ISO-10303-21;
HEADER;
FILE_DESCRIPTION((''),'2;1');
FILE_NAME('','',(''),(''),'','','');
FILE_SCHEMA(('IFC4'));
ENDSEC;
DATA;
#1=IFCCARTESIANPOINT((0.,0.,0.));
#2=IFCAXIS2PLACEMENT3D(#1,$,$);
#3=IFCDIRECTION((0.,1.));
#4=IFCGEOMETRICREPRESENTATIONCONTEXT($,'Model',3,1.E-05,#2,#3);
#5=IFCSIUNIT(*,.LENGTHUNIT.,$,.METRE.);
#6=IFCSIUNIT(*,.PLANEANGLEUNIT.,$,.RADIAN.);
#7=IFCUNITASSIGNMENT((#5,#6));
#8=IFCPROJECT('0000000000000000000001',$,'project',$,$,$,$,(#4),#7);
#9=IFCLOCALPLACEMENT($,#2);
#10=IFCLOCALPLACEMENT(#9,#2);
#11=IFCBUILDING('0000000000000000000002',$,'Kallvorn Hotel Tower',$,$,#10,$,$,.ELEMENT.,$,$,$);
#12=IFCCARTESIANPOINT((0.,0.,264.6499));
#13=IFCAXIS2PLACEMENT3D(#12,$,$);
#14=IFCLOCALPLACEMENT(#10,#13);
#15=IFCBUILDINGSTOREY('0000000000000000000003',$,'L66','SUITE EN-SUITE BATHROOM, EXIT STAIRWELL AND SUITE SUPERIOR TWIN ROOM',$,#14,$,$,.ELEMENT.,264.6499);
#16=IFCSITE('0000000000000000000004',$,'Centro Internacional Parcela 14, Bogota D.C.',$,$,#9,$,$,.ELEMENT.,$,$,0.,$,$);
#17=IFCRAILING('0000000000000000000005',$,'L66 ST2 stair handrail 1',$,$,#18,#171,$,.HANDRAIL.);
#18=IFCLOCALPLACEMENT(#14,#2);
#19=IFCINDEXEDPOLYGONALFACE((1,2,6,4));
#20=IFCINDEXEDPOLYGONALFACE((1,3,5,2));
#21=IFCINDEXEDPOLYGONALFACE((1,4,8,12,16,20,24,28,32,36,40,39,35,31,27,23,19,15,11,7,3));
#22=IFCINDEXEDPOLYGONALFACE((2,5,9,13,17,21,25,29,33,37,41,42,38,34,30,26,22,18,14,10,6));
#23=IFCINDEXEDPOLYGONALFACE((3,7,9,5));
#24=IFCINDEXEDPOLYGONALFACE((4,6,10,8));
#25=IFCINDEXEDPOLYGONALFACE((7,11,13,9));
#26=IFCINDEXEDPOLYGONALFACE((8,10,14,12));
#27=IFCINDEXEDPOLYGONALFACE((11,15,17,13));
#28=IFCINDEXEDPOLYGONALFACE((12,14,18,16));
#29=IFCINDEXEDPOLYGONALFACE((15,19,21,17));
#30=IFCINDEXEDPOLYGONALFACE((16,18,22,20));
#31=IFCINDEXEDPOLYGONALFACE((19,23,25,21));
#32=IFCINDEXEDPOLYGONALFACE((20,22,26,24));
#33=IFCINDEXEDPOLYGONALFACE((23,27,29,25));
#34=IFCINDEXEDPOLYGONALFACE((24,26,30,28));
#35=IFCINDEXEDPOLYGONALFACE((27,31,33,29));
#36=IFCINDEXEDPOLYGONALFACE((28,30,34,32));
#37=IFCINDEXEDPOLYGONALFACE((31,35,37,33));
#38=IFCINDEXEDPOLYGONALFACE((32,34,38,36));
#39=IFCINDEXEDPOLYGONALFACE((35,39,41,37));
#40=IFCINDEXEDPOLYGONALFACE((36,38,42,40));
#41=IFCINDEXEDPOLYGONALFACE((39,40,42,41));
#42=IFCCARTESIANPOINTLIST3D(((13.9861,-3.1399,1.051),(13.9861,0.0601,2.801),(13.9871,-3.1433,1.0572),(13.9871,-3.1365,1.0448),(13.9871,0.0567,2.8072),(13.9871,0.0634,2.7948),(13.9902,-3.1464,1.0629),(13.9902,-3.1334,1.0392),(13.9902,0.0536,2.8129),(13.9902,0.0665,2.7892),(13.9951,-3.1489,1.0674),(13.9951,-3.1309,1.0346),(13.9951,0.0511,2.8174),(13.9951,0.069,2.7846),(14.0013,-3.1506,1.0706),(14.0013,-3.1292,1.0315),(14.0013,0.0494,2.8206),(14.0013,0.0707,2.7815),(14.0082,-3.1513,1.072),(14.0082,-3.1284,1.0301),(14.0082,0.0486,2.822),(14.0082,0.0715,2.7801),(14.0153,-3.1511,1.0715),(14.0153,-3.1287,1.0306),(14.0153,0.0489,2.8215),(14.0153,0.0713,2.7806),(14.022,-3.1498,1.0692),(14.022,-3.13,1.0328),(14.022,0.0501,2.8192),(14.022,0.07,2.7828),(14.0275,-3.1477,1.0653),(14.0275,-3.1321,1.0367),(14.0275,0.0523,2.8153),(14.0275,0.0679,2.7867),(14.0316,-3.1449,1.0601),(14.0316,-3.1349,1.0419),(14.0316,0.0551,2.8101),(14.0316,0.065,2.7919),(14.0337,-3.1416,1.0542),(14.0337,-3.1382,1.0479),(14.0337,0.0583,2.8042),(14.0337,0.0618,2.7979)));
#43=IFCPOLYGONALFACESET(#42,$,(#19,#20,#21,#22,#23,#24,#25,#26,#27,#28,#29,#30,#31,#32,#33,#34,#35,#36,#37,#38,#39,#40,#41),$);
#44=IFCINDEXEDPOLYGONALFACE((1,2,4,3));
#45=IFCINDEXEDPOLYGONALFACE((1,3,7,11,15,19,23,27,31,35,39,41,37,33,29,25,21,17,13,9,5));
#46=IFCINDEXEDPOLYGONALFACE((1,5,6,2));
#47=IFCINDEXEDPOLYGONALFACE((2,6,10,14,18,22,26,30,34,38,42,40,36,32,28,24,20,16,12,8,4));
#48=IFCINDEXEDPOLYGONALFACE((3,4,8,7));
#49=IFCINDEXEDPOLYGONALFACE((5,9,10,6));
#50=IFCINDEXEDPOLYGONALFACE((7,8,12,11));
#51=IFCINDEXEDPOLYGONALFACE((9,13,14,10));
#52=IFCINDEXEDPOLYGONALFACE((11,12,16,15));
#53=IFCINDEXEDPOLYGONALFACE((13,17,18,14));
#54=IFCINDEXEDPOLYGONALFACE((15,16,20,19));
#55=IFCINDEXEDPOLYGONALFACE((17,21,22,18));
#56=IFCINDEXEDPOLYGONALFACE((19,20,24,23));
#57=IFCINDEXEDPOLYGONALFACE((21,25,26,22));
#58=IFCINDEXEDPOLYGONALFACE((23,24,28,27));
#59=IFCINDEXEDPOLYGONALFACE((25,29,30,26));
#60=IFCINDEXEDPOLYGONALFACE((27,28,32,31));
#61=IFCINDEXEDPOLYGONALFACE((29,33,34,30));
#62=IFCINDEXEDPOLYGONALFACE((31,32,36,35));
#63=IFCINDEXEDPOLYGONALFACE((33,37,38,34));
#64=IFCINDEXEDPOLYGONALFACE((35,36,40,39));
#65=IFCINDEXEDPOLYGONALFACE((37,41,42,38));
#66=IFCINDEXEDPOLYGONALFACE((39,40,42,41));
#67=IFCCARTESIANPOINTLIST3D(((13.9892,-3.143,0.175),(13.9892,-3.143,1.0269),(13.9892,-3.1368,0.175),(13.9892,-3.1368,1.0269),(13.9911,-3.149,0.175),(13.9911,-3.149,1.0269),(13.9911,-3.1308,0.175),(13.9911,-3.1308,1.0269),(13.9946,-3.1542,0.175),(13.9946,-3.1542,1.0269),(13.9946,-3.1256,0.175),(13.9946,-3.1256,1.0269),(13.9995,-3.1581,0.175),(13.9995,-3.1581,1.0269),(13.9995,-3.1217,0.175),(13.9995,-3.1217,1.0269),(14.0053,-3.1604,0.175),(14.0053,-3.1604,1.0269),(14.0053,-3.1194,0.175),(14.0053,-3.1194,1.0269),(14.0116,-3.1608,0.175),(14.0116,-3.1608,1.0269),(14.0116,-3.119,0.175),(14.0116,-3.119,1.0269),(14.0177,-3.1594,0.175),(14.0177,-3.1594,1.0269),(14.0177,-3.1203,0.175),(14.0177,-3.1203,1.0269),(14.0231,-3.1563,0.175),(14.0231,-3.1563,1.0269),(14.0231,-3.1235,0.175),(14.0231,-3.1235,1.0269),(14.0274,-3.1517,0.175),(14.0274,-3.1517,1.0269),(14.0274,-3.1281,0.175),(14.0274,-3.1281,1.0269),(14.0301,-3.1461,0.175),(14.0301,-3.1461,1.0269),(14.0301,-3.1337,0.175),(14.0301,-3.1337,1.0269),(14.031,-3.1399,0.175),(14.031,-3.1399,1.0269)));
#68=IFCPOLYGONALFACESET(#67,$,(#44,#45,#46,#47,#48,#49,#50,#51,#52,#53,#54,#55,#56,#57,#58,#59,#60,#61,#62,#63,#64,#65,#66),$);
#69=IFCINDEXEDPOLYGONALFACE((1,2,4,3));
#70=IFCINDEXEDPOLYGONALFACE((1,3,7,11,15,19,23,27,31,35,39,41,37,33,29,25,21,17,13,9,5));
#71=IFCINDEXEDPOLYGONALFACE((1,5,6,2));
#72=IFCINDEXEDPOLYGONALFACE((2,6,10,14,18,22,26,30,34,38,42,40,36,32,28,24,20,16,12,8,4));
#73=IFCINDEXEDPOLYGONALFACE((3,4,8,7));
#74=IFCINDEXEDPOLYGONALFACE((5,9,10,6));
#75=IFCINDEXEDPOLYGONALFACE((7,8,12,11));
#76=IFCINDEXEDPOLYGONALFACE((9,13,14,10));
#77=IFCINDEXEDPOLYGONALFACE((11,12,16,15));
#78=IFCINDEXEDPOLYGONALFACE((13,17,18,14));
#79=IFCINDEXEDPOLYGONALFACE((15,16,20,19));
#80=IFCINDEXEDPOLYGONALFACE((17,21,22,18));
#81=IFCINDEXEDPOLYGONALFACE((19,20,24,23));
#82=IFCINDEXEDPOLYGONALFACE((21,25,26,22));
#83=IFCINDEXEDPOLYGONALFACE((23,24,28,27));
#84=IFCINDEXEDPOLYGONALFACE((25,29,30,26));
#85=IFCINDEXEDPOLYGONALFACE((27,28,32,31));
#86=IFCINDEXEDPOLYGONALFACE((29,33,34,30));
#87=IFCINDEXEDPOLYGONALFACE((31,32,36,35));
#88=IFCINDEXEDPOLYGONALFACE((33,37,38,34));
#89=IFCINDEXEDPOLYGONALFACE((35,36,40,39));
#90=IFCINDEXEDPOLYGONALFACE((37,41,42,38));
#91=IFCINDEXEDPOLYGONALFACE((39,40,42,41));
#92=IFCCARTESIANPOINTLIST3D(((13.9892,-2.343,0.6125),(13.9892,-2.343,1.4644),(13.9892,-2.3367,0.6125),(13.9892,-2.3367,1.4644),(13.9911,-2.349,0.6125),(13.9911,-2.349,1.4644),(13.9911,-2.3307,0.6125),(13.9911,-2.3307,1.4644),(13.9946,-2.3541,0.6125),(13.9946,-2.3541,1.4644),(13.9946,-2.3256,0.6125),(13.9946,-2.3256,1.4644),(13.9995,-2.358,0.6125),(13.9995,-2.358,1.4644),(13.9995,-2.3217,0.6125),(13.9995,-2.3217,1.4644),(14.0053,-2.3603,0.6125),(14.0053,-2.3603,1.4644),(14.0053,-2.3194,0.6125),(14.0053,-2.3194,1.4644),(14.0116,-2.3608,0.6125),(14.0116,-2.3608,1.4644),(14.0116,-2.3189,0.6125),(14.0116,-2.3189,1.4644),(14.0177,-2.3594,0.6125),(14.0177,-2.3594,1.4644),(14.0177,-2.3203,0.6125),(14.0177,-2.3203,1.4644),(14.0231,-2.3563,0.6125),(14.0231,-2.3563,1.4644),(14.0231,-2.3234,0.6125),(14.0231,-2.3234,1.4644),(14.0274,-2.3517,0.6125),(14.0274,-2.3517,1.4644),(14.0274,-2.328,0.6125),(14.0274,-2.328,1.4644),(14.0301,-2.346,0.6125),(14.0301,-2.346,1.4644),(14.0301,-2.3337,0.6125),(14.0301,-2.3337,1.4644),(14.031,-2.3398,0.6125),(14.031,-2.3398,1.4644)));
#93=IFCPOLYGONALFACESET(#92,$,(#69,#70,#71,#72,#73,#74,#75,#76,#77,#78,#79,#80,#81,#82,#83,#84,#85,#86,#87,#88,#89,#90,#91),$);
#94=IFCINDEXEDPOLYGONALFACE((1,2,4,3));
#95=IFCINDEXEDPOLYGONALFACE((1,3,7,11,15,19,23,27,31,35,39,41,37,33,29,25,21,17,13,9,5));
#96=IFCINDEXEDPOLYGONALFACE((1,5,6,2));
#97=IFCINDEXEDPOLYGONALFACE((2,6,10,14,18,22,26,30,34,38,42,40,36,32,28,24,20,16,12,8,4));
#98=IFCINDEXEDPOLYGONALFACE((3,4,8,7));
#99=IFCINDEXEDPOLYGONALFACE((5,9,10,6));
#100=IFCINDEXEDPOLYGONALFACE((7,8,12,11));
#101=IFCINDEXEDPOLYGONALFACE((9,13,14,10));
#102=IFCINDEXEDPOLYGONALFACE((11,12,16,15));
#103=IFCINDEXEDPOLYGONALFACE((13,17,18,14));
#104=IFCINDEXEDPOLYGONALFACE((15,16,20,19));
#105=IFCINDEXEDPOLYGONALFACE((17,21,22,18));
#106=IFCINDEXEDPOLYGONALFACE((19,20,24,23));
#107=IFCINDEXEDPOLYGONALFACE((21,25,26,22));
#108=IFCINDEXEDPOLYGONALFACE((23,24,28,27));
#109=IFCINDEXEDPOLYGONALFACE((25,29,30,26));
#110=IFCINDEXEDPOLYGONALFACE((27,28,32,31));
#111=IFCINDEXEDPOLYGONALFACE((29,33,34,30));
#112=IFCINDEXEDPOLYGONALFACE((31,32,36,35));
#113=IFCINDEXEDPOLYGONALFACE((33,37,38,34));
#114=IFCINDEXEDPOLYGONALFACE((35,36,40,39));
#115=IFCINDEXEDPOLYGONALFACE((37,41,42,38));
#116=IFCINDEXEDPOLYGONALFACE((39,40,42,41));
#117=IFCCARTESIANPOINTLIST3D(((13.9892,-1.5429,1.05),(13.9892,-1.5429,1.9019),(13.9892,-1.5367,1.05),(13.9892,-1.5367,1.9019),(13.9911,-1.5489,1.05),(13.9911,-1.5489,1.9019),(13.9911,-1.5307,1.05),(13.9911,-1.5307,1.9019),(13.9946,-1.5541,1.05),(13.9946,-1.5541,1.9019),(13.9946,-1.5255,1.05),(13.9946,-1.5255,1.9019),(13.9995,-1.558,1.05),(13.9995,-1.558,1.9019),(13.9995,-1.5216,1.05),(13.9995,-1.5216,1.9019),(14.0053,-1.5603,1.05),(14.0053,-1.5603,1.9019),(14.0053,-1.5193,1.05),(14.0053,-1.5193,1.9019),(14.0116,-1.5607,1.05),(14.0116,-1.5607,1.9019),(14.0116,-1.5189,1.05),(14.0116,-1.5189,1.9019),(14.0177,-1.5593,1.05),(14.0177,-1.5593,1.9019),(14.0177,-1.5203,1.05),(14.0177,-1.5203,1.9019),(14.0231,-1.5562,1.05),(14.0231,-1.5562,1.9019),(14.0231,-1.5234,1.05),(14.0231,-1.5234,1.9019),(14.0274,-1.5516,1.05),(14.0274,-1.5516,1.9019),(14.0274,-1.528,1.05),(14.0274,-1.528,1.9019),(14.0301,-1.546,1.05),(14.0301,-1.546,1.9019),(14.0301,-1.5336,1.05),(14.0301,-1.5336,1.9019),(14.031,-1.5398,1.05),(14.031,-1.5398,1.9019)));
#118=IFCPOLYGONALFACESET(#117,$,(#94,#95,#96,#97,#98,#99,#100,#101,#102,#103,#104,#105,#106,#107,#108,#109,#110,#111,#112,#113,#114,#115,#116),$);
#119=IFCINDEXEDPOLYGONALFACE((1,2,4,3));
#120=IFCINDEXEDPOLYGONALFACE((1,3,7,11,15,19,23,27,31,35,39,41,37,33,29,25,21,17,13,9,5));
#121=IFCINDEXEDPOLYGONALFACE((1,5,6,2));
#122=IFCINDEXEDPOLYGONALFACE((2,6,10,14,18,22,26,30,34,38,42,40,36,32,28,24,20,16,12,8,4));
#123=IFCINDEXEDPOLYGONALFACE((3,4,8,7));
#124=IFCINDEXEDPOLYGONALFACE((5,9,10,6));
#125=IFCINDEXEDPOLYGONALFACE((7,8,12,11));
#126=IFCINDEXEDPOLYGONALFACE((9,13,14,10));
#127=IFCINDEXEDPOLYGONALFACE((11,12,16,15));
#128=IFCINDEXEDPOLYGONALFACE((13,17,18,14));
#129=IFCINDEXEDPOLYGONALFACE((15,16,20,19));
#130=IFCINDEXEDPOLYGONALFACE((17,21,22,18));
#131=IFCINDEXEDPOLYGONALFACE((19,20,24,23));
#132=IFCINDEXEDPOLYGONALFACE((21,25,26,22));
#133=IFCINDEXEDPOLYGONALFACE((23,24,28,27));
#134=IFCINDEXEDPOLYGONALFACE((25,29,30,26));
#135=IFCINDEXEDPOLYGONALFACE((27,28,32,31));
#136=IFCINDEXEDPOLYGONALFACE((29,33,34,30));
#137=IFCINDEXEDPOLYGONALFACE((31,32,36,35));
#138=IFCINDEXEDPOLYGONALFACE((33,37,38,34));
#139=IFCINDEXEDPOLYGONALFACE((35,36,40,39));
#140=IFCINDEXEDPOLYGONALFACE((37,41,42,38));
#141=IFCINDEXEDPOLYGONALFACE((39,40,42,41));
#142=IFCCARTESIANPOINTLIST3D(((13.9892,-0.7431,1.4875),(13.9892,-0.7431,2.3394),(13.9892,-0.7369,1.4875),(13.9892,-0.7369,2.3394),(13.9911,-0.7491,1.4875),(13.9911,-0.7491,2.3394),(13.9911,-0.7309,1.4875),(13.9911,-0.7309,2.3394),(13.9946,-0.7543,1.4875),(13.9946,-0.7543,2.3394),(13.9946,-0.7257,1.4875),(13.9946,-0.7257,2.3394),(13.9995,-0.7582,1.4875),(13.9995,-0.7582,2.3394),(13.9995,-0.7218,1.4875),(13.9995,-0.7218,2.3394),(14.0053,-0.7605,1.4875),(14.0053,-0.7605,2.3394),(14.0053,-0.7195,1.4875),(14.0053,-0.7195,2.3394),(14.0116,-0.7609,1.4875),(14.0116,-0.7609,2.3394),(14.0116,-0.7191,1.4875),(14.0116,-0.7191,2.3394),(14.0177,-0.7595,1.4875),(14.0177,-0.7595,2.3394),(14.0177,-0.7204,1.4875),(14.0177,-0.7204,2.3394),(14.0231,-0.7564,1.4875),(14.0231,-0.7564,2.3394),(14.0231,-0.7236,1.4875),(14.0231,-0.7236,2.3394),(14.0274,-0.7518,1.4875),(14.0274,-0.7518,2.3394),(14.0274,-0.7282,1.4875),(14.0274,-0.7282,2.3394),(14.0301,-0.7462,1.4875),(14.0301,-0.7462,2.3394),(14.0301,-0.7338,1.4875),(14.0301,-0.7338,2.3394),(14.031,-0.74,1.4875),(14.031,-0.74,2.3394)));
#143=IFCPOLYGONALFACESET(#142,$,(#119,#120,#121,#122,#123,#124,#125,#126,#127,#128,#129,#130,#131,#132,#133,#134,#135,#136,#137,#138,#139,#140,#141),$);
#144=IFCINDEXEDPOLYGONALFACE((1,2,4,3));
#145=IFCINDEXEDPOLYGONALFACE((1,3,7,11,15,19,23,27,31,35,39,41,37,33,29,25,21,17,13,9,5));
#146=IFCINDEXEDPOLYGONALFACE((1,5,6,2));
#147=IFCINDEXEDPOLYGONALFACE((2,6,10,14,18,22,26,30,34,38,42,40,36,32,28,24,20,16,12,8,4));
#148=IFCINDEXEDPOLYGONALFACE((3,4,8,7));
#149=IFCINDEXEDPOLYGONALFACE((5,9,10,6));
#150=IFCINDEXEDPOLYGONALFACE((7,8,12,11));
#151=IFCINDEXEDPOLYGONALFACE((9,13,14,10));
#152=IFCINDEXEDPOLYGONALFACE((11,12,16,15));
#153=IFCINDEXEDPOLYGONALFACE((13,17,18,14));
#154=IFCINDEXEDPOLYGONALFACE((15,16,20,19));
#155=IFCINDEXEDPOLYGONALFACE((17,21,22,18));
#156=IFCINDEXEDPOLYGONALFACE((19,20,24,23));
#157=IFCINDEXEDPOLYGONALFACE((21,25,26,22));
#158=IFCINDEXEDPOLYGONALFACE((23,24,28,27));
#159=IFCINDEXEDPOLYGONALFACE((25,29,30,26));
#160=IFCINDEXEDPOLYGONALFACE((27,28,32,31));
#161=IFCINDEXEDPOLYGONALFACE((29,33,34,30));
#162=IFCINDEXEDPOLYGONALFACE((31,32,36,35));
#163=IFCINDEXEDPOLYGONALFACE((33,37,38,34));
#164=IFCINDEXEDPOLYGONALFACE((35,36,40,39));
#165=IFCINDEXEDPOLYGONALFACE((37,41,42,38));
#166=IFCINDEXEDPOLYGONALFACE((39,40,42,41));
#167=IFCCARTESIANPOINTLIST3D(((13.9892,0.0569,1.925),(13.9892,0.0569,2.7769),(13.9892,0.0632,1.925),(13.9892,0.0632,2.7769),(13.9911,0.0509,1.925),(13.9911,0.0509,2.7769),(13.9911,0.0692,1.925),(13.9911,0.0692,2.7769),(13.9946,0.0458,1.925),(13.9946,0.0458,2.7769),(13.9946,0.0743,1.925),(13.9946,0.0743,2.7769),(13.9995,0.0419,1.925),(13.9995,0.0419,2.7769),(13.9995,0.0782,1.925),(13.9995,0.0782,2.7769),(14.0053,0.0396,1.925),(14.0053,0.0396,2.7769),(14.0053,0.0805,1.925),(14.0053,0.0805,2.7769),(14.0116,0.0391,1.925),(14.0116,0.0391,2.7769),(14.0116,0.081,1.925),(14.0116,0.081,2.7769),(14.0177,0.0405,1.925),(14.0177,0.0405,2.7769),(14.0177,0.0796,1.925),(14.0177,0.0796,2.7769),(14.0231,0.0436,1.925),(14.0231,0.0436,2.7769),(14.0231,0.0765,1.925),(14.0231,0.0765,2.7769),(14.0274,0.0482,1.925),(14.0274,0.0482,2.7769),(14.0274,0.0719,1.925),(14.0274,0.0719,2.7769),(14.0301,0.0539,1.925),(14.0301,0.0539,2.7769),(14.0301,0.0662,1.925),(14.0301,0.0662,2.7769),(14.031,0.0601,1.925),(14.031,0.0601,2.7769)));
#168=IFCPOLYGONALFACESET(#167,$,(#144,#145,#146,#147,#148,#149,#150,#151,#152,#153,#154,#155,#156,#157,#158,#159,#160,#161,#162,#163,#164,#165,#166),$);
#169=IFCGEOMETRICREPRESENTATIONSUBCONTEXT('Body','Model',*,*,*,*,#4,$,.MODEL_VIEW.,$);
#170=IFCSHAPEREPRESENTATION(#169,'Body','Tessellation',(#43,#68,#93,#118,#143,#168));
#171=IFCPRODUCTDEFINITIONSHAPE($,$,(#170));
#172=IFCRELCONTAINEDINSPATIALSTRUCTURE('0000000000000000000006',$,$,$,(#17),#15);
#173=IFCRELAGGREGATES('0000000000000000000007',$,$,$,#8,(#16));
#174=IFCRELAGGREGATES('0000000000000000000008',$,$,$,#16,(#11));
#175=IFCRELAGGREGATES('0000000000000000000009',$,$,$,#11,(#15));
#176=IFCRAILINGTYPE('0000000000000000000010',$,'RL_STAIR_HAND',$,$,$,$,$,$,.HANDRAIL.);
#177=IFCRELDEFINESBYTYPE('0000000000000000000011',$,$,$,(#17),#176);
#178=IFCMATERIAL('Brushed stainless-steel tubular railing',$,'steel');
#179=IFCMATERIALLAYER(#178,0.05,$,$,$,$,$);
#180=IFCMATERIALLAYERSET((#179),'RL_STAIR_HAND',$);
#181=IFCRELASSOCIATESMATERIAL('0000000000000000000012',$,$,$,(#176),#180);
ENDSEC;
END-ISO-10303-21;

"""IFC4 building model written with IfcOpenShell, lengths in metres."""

from ifc_helpers import new_model, si_unit, direction, frame, origin, origin_2d, place, context, subcontext, project, spatial, circle, extrude, material, layer, layer_set, type_object, element, save


model = new_model("IFC4")

# Units and contexts
model_context = context("Model", 3, precision=1e-05, world=origin(), true_north=direction((0.0, 1.0)))
body_context = subcontext(model_context, "Body", "Model", "MODEL_VIEW")
ifc_project = project(units=[si_unit("LENGTHUNIT", "METRE"), si_unit("PLANEANGLEUNIT", "RADIAN")], contexts=[model_context])

# Site, building, storey
site_placement = place(None, origin())
site = spatial("IfcSite", under=ifc_project, at=site_placement, Name="Centro Internacional Parcela 14, Bogota D.C.", CompositionType="ELEMENT", RefElevation=0.0)
building_placement = place(site_placement, origin())
building = spatial("IfcBuilding", under=site, at=building_placement, Name="Kallvorn Hotel Tower", CompositionType="ELEMENT")
storey_placement = place(building_placement, frame((0.0, 0.0, 264.6499)))
storey = spatial("IfcBuildingStorey", under=building, at=storey_placement, Name="L66", Description="SUITE EN-SUITE BATHROOM, EXIT STAIRWELL AND SUITE SUPERIOR TWIN ROOM", CompositionType="ELEMENT", Elevation=264.6499)

# Railing
ifc_material_1 = material(Name="Brushed stainless-steel tubular railing", Category="steel")
ifc_layer_1 = layer(ifc_material_1, 0.05)
ifc_layer_set_1 = layer_set([ifc_layer_1], Name="RL_STAIR_HAND")
railing_type = type_object("IfcRailingType", Name="RL_STAIR_HAND", PredefinedType="HANDRAIL", material=ifc_layer_set_1)
railing_placement = place(storey_placement, frame((14.01, -3.1399, 0.175)))
element("IfcRailing", 1, at=railing_placement, inside=storey, type_object=railing_type, Name="L66 ST2 stair handrail 1", PredefinedType="HANDRAIL", context=body_context, shape_type="SweptSolid", body=[
    extrude(circle(Radius=0.0239, at=origin_2d()), frame((0.0, 0.0, 0.876), z_axis=(0.0, 0.877368, 0.479818), x_axis=(-1.0, 0.0, 0.0)), (0.0, 0.0, 1.0), 3.6472),
    extrude(circle(Radius=0.021, at=origin_2d()), origin(), (0.0, 0.0, 1.0), 0.8518),
    extrude(circle(Radius=0.021, at=origin_2d()), frame((0.0, 0.8, 0.4375)), (0.0, 0.0, 1.0), 0.8518),
    extrude(circle(Radius=0.021, at=origin_2d()), frame((0.0, 1.6001, 0.875)), (0.0, 0.0, 1.0), 0.8518),
    extrude(circle(Radius=0.021, at=origin_2d()), frame((0.0, 2.3999, 1.3125)), (0.0, 0.0, 1.0), 0.8518),
    extrude(circle(Radius=0.021, at=origin_2d()), frame((0.0, 3.2, 1.75)), (0.0, 0.0, 1.0), 0.8518),
])

save(model, "model.ifc")
